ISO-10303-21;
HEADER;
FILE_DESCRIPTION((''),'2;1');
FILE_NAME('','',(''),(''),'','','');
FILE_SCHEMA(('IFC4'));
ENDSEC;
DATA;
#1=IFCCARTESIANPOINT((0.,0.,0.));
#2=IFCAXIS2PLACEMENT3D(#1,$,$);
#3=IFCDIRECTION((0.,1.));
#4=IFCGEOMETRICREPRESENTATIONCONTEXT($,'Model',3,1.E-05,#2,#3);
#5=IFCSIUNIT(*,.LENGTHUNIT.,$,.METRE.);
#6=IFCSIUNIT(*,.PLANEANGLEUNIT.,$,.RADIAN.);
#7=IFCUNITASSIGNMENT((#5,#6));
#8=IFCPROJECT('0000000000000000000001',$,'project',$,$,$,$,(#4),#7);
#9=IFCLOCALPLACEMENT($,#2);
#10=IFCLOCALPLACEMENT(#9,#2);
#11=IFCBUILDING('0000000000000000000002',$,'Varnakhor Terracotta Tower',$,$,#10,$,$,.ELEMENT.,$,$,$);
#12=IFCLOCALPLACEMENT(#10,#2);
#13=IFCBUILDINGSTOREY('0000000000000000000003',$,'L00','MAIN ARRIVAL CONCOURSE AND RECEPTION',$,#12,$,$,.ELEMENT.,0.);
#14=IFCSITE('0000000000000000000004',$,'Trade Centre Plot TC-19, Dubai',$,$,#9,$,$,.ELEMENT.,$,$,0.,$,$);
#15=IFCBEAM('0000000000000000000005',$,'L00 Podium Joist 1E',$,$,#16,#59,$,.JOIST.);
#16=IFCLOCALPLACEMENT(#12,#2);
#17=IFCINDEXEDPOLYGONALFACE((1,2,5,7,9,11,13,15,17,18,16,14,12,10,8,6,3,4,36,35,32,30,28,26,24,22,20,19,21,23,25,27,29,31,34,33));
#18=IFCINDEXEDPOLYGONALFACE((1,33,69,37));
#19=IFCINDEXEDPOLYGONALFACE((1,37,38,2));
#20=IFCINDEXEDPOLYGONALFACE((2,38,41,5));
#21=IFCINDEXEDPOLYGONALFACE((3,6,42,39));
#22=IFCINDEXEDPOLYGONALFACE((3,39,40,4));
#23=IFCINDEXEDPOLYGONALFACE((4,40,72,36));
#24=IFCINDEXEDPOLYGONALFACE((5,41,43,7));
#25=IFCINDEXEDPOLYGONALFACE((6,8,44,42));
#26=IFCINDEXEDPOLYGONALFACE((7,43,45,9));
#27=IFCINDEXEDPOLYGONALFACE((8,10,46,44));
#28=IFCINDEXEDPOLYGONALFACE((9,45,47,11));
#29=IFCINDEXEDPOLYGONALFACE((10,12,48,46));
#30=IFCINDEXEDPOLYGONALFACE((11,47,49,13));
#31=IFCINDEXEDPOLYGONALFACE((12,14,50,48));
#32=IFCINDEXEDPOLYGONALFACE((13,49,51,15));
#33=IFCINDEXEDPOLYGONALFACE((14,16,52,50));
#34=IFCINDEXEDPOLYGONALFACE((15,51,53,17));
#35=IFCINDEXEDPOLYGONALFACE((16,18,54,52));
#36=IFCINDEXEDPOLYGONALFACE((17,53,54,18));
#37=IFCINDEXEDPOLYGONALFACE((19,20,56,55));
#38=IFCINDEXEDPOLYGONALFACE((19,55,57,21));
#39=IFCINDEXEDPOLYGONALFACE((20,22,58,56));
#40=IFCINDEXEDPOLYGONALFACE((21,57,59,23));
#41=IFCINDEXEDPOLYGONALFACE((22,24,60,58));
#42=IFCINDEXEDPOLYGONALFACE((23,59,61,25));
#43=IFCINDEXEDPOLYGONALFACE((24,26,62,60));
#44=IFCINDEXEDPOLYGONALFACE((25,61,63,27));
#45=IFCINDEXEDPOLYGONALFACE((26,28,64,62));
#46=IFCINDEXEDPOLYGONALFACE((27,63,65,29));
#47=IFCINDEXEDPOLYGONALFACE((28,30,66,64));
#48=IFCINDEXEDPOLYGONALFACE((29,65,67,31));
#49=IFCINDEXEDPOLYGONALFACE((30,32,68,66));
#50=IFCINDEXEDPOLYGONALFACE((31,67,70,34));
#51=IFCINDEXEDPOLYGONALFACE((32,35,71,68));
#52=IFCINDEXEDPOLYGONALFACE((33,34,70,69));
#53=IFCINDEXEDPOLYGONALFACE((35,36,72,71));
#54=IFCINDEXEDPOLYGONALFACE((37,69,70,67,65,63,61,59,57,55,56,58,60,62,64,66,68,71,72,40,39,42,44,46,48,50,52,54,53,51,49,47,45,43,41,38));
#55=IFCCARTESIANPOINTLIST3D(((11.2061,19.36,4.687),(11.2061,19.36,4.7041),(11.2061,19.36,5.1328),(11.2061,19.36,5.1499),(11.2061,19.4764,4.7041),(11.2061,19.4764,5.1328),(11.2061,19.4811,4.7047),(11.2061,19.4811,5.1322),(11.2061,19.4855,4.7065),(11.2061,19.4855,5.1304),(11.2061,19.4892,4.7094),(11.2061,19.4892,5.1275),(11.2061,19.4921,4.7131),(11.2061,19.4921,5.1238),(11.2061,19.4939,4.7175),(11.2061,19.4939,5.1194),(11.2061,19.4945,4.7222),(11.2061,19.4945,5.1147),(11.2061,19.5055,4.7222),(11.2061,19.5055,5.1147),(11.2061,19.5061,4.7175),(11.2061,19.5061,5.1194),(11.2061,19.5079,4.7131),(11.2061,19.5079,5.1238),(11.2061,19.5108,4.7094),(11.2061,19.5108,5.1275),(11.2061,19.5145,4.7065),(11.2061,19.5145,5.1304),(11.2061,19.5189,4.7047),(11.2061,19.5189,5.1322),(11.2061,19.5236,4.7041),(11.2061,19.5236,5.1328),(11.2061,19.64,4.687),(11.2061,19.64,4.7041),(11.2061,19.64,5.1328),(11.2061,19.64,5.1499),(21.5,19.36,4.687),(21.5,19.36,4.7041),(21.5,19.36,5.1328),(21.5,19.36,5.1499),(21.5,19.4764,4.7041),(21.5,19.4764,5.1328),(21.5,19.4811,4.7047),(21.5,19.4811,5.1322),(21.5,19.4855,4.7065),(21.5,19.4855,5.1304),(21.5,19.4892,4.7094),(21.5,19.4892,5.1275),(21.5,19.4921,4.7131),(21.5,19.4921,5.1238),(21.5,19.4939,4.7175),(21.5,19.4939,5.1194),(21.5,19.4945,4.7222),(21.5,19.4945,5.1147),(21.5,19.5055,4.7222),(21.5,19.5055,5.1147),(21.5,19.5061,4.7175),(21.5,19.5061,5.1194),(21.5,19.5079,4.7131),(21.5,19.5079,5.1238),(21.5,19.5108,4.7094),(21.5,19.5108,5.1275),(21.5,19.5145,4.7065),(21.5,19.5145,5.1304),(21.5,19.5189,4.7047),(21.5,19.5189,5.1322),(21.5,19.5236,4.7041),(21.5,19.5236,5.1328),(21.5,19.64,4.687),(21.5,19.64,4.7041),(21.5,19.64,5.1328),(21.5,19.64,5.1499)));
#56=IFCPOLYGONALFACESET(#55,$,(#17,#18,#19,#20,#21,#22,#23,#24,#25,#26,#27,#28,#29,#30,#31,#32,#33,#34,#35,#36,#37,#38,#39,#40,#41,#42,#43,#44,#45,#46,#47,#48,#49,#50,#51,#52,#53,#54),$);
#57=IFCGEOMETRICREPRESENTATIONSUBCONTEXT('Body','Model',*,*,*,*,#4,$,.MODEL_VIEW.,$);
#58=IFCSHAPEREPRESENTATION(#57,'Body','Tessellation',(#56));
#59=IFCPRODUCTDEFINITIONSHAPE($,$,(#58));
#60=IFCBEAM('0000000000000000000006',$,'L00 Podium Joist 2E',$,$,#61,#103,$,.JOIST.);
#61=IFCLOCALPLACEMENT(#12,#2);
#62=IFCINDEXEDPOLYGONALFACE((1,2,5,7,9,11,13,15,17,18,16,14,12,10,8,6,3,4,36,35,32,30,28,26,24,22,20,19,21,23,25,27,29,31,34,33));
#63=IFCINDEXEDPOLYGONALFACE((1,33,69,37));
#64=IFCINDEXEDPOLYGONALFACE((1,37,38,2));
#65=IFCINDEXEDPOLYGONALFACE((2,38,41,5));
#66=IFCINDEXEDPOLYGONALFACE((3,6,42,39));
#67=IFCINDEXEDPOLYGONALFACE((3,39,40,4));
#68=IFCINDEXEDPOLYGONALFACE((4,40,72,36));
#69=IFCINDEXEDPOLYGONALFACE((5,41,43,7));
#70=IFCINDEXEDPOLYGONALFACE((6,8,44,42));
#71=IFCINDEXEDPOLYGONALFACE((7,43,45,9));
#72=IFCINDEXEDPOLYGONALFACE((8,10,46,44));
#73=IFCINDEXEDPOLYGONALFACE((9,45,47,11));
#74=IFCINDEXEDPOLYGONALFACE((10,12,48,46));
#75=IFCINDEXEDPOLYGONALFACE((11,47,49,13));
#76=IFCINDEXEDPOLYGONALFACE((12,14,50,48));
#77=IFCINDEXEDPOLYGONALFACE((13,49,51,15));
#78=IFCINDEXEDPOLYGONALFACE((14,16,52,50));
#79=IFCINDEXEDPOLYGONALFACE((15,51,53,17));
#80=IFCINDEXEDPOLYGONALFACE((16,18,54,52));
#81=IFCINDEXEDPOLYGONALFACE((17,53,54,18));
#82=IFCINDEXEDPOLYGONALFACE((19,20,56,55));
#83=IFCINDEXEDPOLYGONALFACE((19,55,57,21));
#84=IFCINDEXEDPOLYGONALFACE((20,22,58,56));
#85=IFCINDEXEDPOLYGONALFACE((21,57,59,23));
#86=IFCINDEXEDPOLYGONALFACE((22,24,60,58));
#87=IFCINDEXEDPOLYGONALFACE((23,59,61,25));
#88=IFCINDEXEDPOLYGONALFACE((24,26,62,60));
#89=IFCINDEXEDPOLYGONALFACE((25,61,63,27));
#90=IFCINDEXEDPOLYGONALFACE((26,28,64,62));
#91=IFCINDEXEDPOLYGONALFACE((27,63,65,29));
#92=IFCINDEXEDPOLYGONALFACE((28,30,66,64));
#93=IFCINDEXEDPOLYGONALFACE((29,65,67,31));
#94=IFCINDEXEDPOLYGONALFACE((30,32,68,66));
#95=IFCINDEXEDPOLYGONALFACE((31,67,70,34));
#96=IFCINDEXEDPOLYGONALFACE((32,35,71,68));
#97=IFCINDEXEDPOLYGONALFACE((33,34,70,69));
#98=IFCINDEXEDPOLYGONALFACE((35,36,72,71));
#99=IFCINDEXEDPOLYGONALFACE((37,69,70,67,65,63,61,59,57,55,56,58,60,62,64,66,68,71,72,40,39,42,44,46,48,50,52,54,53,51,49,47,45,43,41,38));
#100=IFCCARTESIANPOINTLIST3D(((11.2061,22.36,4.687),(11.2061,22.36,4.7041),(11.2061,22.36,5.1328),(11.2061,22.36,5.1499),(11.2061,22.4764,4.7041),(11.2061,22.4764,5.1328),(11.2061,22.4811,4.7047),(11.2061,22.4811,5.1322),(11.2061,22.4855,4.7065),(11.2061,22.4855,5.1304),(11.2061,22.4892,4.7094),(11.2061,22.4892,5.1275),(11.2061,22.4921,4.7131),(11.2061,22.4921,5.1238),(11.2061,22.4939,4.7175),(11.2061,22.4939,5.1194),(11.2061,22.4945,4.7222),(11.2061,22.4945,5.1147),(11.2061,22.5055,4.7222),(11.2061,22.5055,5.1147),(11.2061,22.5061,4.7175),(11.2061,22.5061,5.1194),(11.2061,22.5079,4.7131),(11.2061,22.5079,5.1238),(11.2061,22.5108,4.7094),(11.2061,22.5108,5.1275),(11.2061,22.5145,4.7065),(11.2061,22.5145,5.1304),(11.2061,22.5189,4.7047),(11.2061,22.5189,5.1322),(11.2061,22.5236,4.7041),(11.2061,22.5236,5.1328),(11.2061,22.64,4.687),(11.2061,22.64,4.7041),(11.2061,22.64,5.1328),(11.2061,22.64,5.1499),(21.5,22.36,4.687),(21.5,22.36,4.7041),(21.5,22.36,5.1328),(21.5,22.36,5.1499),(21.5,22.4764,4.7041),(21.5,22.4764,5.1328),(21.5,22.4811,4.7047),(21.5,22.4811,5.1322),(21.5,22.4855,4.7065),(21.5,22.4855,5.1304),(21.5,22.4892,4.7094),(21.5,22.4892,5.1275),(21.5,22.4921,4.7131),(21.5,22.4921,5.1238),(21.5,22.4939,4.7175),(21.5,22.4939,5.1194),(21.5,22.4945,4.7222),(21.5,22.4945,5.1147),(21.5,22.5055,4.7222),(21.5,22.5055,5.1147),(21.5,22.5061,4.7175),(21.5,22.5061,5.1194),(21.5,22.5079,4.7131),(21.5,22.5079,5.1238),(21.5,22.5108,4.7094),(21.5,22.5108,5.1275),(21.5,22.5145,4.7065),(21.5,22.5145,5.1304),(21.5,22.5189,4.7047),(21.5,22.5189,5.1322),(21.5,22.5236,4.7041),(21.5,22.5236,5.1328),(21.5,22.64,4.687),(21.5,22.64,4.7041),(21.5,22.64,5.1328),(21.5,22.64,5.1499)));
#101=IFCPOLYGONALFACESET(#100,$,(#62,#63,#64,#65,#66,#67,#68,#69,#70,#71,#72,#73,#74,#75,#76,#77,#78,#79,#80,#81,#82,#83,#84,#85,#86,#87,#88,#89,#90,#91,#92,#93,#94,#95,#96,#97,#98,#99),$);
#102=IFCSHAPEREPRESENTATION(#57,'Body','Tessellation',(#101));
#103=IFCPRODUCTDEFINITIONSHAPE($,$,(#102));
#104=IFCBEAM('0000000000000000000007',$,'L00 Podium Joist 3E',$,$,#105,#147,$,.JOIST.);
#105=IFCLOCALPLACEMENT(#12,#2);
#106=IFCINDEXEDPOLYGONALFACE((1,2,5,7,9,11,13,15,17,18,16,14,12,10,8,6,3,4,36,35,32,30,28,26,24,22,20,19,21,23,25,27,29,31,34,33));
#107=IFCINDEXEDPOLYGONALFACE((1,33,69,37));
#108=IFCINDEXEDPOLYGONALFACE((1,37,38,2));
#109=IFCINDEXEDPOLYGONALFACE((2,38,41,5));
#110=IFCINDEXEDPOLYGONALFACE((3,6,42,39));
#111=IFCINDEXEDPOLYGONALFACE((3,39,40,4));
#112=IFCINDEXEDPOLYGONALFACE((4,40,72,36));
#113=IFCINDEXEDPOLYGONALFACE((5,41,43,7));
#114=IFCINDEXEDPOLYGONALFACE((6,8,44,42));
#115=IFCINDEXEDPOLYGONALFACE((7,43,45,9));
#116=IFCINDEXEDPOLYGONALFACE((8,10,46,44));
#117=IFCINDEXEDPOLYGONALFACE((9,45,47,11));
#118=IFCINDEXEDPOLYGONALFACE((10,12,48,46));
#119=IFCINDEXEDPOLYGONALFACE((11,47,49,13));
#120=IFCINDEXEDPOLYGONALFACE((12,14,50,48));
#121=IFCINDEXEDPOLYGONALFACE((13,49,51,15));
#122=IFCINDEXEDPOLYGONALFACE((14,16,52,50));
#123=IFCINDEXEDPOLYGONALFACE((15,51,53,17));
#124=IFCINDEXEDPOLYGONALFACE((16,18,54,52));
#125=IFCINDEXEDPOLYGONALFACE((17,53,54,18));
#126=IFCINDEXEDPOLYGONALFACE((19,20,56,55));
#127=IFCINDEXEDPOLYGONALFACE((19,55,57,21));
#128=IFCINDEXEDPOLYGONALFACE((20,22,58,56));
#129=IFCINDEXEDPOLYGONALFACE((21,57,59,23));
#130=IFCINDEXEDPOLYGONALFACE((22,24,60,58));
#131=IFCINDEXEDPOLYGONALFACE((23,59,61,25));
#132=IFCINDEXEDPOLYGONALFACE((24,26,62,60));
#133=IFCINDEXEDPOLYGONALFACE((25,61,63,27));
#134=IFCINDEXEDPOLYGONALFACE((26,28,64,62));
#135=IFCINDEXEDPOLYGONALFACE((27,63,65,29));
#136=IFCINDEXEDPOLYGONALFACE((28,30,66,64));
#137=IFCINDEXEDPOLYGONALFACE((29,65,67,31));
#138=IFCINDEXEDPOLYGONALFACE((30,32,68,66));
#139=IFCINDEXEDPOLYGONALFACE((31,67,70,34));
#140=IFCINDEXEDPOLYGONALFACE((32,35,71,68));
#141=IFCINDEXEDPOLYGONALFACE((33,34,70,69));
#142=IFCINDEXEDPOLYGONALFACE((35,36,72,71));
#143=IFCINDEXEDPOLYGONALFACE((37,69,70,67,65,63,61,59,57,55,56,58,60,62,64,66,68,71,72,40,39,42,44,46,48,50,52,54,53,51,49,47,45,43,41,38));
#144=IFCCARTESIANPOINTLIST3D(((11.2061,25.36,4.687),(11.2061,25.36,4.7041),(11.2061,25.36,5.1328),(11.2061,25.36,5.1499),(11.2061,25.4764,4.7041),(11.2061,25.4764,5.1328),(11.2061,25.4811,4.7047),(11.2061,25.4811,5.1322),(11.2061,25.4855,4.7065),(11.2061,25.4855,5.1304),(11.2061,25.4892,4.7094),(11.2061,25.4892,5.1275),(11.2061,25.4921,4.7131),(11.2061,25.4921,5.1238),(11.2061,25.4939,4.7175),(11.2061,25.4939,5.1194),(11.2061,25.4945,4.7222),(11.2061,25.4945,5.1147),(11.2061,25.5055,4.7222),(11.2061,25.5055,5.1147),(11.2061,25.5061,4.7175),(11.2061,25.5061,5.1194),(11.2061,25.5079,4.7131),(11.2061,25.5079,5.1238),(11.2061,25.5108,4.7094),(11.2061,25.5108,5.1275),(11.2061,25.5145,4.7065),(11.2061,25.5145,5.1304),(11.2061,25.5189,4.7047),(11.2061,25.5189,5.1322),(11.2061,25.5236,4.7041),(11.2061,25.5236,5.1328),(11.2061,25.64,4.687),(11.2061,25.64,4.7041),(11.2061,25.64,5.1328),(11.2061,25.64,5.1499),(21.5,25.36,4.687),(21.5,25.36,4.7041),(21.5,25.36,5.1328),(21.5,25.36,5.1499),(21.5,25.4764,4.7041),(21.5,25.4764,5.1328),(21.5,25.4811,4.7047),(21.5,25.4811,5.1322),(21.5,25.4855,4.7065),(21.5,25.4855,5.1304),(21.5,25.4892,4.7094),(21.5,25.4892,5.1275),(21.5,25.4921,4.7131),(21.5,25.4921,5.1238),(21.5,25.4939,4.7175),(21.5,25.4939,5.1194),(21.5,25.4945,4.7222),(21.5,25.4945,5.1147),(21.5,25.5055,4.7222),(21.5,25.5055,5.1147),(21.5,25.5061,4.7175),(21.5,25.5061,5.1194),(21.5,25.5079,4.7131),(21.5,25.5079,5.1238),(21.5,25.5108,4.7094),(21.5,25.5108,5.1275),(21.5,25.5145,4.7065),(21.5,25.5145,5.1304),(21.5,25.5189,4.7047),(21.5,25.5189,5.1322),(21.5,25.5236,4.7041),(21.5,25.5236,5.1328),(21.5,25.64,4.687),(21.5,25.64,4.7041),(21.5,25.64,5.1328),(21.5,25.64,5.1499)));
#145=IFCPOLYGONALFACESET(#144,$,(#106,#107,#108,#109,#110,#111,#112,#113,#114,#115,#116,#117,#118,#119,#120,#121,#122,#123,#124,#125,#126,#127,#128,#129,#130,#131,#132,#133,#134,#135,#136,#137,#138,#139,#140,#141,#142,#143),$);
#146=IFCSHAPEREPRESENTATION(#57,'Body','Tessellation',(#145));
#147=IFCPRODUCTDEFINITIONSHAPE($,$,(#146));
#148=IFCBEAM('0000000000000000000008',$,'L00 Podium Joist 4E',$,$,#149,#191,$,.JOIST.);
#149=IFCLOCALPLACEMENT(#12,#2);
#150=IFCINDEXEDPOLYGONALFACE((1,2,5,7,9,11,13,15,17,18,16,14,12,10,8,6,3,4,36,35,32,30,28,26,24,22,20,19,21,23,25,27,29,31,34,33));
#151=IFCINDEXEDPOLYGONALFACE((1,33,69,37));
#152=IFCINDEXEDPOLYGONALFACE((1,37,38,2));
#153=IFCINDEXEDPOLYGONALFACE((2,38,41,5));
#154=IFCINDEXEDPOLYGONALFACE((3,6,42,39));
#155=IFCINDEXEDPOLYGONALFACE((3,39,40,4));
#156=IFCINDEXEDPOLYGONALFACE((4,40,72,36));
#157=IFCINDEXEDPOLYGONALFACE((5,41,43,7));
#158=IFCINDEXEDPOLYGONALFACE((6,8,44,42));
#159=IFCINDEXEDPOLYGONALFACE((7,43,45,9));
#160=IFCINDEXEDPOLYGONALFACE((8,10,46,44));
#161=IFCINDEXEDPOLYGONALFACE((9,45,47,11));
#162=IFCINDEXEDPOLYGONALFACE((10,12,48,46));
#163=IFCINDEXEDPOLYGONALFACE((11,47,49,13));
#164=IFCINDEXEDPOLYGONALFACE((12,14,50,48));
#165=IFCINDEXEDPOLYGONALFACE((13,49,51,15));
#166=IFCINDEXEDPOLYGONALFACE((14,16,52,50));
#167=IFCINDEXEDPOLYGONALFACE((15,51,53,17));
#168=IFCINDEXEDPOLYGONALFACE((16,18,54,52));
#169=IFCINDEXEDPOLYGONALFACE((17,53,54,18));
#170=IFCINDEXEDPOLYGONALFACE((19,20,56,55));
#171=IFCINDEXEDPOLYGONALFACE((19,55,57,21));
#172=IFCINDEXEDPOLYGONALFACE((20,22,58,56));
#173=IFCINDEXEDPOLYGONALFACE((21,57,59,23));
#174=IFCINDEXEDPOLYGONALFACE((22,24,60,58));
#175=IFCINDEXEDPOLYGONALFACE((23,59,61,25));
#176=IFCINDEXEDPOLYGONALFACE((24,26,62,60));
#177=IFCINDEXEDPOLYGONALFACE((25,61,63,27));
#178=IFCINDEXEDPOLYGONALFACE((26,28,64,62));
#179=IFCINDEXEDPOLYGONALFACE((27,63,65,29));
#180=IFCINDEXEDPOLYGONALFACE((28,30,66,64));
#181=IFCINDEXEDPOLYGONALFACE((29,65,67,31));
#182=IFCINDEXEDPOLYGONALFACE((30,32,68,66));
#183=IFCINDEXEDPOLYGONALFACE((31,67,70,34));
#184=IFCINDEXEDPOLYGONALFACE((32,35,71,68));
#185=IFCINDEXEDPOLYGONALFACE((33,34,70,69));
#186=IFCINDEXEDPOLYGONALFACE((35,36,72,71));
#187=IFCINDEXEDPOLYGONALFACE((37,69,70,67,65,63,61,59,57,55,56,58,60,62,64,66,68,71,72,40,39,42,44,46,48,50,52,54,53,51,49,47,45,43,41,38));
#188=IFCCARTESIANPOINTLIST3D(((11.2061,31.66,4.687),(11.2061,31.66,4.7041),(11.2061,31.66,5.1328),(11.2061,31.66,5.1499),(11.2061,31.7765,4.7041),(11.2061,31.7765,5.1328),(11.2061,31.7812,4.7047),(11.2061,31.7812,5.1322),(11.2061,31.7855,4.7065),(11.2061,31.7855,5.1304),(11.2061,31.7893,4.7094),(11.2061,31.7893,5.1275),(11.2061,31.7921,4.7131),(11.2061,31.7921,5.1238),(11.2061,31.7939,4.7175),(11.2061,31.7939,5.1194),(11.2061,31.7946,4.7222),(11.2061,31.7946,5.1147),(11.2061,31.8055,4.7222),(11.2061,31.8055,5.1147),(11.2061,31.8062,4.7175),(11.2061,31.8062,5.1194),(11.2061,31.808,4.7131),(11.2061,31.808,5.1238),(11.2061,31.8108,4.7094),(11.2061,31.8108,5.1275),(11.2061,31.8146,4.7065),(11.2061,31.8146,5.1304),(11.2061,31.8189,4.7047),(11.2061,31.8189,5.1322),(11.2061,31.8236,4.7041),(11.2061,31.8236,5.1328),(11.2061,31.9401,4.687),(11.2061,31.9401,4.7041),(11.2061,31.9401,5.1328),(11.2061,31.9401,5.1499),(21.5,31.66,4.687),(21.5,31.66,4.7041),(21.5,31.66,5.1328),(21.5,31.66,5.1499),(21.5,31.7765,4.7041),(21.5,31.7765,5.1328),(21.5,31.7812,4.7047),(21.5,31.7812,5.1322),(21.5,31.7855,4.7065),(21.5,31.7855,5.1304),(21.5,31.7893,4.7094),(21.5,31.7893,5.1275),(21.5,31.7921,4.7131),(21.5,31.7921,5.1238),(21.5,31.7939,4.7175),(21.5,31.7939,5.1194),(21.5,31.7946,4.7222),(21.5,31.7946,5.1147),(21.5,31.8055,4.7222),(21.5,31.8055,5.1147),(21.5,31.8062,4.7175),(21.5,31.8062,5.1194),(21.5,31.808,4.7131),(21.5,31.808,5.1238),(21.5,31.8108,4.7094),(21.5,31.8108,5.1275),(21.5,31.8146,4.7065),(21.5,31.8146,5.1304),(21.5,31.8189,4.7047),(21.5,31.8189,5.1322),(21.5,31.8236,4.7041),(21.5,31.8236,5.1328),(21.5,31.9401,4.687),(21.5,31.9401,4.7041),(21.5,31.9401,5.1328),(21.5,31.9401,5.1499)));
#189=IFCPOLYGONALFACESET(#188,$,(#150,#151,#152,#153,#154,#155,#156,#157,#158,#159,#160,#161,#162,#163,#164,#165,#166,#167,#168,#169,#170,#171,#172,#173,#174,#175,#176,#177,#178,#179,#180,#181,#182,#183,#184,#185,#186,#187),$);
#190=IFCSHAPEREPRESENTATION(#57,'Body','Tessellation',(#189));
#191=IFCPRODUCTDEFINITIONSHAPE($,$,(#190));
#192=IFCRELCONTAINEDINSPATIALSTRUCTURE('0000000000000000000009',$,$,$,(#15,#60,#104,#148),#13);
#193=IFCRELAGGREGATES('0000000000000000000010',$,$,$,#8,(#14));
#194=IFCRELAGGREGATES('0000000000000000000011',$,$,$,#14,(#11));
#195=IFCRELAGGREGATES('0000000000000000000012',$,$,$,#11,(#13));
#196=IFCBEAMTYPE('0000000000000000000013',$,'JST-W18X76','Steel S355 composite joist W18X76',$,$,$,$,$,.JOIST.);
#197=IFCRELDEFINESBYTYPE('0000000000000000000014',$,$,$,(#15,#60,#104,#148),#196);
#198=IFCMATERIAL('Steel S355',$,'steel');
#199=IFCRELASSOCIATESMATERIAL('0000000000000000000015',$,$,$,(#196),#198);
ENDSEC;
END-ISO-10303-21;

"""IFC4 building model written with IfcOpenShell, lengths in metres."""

from ifc_helpers import new_model, si_unit, direction, frame, origin, origin_2d, place, context, subcontext, project, spatial, i_section, extrude, source, transform, mapped, material, material_profile, profile_set, type_object, type_shapes, element, save


model = new_model("IFC4")

# Units and contexts
model_context = context("Model", 3, precision=1e-05, world=origin(), true_north=direction((0.0, 1.0)))
body_context = subcontext(model_context, "Body", "Model", "MODEL_VIEW")
ifc_project = project(units=[si_unit("LENGTHUNIT", "METRE"), si_unit("PLANEANGLEUNIT", "RADIAN")], contexts=[model_context])

# Site, building, storey
site_placement = place(None, origin())
site = spatial("IfcSite", under=ifc_project, at=site_placement, Name="Trade Centre Plot TC-19, Dubai", CompositionType="ELEMENT", RefElevation=0.0)
building_placement = place(site_placement, origin())
building = spatial("IfcBuilding", under=site, at=building_placement, Name="Varnakhor Terracotta Tower", CompositionType="ELEMENT")
storey_placement = place(building_placement, origin())
storey = spatial("IfcBuildingStorey", under=building, at=storey_placement, Name="L00", Description="MAIN ARRIVAL CONCOURSE AND RECEPTION", CompositionType="ELEMENT", Elevation=0.0)

# Shared definitions
ifc_material_1 = material(Name="Steel S355", Category="steel")

# Beams
ifc_material_profile_1 = material_profile(ifc_material_1, i_section(OverallWidth=0.28, OverallDepth=0.4629, WebThickness=0.011, FlangeThickness=0.0171, FilletRadius=0.0181, at=origin_2d()), Name="W18X76")
ifc_profile_set_1 = profile_set([ifc_material_profile_1], Name="Steel S355")
beam_type_1 = type_object("IfcBeamType", Name="JST-W18X76", Description="Steel S355 composite joist W18X76", PredefinedType="JOIST", material=ifc_profile_set_1)
shared_shape_1 = source(origin(), body_context, "Body", "SweptSolid", [
    extrude(i_section(OverallWidth=0.28, OverallDepth=0.4629, WebThickness=0.011, FlangeThickness=0.0171, FilletRadius=0.0181, at=origin_2d()), origin(), (0.0, 0.0, 1.0), 10.2939),
])
type_shapes(beam_type_1, [shared_shape_1])
for number, where, z_axis, x_axis, name in (
    (1, (11.2061, 19.5, 4.9185), (1.0, 0.0, 0.0), (0.0, 1.0, 0.0), "L00 Podium Joist 1E"),
    (2, (11.2061, 22.5, 4.9185), (1.0, 0.0, 0.0), (0.0, 1.0, 0.0), "L00 Podium Joist 2E"),
    (3, (11.2061, 25.5, 4.9185), (1.0, 0.0, 0.0), (0.0, 1.0, 0.0), "L00 Podium Joist 3E"),
    (4, (11.2061, 31.8, 4.9185), (1.0, 0.0, 0.0), (0.0, 1.0, 0.0), "L00 Podium Joist 4E"),
):
    element("IfcBeam", number, at=place(storey_placement, frame(where, z_axis=z_axis, x_axis=x_axis)), inside=storey, type_object=beam_type_1, Name=name, PredefinedType="JOIST", context=body_context, shape_type="MappedRepresentation", body=[
        mapped(shared_shape_1, transform((0.0, 0.0, 0.0), scale=1.0)),
    ])

save(model, "model.ifc")
